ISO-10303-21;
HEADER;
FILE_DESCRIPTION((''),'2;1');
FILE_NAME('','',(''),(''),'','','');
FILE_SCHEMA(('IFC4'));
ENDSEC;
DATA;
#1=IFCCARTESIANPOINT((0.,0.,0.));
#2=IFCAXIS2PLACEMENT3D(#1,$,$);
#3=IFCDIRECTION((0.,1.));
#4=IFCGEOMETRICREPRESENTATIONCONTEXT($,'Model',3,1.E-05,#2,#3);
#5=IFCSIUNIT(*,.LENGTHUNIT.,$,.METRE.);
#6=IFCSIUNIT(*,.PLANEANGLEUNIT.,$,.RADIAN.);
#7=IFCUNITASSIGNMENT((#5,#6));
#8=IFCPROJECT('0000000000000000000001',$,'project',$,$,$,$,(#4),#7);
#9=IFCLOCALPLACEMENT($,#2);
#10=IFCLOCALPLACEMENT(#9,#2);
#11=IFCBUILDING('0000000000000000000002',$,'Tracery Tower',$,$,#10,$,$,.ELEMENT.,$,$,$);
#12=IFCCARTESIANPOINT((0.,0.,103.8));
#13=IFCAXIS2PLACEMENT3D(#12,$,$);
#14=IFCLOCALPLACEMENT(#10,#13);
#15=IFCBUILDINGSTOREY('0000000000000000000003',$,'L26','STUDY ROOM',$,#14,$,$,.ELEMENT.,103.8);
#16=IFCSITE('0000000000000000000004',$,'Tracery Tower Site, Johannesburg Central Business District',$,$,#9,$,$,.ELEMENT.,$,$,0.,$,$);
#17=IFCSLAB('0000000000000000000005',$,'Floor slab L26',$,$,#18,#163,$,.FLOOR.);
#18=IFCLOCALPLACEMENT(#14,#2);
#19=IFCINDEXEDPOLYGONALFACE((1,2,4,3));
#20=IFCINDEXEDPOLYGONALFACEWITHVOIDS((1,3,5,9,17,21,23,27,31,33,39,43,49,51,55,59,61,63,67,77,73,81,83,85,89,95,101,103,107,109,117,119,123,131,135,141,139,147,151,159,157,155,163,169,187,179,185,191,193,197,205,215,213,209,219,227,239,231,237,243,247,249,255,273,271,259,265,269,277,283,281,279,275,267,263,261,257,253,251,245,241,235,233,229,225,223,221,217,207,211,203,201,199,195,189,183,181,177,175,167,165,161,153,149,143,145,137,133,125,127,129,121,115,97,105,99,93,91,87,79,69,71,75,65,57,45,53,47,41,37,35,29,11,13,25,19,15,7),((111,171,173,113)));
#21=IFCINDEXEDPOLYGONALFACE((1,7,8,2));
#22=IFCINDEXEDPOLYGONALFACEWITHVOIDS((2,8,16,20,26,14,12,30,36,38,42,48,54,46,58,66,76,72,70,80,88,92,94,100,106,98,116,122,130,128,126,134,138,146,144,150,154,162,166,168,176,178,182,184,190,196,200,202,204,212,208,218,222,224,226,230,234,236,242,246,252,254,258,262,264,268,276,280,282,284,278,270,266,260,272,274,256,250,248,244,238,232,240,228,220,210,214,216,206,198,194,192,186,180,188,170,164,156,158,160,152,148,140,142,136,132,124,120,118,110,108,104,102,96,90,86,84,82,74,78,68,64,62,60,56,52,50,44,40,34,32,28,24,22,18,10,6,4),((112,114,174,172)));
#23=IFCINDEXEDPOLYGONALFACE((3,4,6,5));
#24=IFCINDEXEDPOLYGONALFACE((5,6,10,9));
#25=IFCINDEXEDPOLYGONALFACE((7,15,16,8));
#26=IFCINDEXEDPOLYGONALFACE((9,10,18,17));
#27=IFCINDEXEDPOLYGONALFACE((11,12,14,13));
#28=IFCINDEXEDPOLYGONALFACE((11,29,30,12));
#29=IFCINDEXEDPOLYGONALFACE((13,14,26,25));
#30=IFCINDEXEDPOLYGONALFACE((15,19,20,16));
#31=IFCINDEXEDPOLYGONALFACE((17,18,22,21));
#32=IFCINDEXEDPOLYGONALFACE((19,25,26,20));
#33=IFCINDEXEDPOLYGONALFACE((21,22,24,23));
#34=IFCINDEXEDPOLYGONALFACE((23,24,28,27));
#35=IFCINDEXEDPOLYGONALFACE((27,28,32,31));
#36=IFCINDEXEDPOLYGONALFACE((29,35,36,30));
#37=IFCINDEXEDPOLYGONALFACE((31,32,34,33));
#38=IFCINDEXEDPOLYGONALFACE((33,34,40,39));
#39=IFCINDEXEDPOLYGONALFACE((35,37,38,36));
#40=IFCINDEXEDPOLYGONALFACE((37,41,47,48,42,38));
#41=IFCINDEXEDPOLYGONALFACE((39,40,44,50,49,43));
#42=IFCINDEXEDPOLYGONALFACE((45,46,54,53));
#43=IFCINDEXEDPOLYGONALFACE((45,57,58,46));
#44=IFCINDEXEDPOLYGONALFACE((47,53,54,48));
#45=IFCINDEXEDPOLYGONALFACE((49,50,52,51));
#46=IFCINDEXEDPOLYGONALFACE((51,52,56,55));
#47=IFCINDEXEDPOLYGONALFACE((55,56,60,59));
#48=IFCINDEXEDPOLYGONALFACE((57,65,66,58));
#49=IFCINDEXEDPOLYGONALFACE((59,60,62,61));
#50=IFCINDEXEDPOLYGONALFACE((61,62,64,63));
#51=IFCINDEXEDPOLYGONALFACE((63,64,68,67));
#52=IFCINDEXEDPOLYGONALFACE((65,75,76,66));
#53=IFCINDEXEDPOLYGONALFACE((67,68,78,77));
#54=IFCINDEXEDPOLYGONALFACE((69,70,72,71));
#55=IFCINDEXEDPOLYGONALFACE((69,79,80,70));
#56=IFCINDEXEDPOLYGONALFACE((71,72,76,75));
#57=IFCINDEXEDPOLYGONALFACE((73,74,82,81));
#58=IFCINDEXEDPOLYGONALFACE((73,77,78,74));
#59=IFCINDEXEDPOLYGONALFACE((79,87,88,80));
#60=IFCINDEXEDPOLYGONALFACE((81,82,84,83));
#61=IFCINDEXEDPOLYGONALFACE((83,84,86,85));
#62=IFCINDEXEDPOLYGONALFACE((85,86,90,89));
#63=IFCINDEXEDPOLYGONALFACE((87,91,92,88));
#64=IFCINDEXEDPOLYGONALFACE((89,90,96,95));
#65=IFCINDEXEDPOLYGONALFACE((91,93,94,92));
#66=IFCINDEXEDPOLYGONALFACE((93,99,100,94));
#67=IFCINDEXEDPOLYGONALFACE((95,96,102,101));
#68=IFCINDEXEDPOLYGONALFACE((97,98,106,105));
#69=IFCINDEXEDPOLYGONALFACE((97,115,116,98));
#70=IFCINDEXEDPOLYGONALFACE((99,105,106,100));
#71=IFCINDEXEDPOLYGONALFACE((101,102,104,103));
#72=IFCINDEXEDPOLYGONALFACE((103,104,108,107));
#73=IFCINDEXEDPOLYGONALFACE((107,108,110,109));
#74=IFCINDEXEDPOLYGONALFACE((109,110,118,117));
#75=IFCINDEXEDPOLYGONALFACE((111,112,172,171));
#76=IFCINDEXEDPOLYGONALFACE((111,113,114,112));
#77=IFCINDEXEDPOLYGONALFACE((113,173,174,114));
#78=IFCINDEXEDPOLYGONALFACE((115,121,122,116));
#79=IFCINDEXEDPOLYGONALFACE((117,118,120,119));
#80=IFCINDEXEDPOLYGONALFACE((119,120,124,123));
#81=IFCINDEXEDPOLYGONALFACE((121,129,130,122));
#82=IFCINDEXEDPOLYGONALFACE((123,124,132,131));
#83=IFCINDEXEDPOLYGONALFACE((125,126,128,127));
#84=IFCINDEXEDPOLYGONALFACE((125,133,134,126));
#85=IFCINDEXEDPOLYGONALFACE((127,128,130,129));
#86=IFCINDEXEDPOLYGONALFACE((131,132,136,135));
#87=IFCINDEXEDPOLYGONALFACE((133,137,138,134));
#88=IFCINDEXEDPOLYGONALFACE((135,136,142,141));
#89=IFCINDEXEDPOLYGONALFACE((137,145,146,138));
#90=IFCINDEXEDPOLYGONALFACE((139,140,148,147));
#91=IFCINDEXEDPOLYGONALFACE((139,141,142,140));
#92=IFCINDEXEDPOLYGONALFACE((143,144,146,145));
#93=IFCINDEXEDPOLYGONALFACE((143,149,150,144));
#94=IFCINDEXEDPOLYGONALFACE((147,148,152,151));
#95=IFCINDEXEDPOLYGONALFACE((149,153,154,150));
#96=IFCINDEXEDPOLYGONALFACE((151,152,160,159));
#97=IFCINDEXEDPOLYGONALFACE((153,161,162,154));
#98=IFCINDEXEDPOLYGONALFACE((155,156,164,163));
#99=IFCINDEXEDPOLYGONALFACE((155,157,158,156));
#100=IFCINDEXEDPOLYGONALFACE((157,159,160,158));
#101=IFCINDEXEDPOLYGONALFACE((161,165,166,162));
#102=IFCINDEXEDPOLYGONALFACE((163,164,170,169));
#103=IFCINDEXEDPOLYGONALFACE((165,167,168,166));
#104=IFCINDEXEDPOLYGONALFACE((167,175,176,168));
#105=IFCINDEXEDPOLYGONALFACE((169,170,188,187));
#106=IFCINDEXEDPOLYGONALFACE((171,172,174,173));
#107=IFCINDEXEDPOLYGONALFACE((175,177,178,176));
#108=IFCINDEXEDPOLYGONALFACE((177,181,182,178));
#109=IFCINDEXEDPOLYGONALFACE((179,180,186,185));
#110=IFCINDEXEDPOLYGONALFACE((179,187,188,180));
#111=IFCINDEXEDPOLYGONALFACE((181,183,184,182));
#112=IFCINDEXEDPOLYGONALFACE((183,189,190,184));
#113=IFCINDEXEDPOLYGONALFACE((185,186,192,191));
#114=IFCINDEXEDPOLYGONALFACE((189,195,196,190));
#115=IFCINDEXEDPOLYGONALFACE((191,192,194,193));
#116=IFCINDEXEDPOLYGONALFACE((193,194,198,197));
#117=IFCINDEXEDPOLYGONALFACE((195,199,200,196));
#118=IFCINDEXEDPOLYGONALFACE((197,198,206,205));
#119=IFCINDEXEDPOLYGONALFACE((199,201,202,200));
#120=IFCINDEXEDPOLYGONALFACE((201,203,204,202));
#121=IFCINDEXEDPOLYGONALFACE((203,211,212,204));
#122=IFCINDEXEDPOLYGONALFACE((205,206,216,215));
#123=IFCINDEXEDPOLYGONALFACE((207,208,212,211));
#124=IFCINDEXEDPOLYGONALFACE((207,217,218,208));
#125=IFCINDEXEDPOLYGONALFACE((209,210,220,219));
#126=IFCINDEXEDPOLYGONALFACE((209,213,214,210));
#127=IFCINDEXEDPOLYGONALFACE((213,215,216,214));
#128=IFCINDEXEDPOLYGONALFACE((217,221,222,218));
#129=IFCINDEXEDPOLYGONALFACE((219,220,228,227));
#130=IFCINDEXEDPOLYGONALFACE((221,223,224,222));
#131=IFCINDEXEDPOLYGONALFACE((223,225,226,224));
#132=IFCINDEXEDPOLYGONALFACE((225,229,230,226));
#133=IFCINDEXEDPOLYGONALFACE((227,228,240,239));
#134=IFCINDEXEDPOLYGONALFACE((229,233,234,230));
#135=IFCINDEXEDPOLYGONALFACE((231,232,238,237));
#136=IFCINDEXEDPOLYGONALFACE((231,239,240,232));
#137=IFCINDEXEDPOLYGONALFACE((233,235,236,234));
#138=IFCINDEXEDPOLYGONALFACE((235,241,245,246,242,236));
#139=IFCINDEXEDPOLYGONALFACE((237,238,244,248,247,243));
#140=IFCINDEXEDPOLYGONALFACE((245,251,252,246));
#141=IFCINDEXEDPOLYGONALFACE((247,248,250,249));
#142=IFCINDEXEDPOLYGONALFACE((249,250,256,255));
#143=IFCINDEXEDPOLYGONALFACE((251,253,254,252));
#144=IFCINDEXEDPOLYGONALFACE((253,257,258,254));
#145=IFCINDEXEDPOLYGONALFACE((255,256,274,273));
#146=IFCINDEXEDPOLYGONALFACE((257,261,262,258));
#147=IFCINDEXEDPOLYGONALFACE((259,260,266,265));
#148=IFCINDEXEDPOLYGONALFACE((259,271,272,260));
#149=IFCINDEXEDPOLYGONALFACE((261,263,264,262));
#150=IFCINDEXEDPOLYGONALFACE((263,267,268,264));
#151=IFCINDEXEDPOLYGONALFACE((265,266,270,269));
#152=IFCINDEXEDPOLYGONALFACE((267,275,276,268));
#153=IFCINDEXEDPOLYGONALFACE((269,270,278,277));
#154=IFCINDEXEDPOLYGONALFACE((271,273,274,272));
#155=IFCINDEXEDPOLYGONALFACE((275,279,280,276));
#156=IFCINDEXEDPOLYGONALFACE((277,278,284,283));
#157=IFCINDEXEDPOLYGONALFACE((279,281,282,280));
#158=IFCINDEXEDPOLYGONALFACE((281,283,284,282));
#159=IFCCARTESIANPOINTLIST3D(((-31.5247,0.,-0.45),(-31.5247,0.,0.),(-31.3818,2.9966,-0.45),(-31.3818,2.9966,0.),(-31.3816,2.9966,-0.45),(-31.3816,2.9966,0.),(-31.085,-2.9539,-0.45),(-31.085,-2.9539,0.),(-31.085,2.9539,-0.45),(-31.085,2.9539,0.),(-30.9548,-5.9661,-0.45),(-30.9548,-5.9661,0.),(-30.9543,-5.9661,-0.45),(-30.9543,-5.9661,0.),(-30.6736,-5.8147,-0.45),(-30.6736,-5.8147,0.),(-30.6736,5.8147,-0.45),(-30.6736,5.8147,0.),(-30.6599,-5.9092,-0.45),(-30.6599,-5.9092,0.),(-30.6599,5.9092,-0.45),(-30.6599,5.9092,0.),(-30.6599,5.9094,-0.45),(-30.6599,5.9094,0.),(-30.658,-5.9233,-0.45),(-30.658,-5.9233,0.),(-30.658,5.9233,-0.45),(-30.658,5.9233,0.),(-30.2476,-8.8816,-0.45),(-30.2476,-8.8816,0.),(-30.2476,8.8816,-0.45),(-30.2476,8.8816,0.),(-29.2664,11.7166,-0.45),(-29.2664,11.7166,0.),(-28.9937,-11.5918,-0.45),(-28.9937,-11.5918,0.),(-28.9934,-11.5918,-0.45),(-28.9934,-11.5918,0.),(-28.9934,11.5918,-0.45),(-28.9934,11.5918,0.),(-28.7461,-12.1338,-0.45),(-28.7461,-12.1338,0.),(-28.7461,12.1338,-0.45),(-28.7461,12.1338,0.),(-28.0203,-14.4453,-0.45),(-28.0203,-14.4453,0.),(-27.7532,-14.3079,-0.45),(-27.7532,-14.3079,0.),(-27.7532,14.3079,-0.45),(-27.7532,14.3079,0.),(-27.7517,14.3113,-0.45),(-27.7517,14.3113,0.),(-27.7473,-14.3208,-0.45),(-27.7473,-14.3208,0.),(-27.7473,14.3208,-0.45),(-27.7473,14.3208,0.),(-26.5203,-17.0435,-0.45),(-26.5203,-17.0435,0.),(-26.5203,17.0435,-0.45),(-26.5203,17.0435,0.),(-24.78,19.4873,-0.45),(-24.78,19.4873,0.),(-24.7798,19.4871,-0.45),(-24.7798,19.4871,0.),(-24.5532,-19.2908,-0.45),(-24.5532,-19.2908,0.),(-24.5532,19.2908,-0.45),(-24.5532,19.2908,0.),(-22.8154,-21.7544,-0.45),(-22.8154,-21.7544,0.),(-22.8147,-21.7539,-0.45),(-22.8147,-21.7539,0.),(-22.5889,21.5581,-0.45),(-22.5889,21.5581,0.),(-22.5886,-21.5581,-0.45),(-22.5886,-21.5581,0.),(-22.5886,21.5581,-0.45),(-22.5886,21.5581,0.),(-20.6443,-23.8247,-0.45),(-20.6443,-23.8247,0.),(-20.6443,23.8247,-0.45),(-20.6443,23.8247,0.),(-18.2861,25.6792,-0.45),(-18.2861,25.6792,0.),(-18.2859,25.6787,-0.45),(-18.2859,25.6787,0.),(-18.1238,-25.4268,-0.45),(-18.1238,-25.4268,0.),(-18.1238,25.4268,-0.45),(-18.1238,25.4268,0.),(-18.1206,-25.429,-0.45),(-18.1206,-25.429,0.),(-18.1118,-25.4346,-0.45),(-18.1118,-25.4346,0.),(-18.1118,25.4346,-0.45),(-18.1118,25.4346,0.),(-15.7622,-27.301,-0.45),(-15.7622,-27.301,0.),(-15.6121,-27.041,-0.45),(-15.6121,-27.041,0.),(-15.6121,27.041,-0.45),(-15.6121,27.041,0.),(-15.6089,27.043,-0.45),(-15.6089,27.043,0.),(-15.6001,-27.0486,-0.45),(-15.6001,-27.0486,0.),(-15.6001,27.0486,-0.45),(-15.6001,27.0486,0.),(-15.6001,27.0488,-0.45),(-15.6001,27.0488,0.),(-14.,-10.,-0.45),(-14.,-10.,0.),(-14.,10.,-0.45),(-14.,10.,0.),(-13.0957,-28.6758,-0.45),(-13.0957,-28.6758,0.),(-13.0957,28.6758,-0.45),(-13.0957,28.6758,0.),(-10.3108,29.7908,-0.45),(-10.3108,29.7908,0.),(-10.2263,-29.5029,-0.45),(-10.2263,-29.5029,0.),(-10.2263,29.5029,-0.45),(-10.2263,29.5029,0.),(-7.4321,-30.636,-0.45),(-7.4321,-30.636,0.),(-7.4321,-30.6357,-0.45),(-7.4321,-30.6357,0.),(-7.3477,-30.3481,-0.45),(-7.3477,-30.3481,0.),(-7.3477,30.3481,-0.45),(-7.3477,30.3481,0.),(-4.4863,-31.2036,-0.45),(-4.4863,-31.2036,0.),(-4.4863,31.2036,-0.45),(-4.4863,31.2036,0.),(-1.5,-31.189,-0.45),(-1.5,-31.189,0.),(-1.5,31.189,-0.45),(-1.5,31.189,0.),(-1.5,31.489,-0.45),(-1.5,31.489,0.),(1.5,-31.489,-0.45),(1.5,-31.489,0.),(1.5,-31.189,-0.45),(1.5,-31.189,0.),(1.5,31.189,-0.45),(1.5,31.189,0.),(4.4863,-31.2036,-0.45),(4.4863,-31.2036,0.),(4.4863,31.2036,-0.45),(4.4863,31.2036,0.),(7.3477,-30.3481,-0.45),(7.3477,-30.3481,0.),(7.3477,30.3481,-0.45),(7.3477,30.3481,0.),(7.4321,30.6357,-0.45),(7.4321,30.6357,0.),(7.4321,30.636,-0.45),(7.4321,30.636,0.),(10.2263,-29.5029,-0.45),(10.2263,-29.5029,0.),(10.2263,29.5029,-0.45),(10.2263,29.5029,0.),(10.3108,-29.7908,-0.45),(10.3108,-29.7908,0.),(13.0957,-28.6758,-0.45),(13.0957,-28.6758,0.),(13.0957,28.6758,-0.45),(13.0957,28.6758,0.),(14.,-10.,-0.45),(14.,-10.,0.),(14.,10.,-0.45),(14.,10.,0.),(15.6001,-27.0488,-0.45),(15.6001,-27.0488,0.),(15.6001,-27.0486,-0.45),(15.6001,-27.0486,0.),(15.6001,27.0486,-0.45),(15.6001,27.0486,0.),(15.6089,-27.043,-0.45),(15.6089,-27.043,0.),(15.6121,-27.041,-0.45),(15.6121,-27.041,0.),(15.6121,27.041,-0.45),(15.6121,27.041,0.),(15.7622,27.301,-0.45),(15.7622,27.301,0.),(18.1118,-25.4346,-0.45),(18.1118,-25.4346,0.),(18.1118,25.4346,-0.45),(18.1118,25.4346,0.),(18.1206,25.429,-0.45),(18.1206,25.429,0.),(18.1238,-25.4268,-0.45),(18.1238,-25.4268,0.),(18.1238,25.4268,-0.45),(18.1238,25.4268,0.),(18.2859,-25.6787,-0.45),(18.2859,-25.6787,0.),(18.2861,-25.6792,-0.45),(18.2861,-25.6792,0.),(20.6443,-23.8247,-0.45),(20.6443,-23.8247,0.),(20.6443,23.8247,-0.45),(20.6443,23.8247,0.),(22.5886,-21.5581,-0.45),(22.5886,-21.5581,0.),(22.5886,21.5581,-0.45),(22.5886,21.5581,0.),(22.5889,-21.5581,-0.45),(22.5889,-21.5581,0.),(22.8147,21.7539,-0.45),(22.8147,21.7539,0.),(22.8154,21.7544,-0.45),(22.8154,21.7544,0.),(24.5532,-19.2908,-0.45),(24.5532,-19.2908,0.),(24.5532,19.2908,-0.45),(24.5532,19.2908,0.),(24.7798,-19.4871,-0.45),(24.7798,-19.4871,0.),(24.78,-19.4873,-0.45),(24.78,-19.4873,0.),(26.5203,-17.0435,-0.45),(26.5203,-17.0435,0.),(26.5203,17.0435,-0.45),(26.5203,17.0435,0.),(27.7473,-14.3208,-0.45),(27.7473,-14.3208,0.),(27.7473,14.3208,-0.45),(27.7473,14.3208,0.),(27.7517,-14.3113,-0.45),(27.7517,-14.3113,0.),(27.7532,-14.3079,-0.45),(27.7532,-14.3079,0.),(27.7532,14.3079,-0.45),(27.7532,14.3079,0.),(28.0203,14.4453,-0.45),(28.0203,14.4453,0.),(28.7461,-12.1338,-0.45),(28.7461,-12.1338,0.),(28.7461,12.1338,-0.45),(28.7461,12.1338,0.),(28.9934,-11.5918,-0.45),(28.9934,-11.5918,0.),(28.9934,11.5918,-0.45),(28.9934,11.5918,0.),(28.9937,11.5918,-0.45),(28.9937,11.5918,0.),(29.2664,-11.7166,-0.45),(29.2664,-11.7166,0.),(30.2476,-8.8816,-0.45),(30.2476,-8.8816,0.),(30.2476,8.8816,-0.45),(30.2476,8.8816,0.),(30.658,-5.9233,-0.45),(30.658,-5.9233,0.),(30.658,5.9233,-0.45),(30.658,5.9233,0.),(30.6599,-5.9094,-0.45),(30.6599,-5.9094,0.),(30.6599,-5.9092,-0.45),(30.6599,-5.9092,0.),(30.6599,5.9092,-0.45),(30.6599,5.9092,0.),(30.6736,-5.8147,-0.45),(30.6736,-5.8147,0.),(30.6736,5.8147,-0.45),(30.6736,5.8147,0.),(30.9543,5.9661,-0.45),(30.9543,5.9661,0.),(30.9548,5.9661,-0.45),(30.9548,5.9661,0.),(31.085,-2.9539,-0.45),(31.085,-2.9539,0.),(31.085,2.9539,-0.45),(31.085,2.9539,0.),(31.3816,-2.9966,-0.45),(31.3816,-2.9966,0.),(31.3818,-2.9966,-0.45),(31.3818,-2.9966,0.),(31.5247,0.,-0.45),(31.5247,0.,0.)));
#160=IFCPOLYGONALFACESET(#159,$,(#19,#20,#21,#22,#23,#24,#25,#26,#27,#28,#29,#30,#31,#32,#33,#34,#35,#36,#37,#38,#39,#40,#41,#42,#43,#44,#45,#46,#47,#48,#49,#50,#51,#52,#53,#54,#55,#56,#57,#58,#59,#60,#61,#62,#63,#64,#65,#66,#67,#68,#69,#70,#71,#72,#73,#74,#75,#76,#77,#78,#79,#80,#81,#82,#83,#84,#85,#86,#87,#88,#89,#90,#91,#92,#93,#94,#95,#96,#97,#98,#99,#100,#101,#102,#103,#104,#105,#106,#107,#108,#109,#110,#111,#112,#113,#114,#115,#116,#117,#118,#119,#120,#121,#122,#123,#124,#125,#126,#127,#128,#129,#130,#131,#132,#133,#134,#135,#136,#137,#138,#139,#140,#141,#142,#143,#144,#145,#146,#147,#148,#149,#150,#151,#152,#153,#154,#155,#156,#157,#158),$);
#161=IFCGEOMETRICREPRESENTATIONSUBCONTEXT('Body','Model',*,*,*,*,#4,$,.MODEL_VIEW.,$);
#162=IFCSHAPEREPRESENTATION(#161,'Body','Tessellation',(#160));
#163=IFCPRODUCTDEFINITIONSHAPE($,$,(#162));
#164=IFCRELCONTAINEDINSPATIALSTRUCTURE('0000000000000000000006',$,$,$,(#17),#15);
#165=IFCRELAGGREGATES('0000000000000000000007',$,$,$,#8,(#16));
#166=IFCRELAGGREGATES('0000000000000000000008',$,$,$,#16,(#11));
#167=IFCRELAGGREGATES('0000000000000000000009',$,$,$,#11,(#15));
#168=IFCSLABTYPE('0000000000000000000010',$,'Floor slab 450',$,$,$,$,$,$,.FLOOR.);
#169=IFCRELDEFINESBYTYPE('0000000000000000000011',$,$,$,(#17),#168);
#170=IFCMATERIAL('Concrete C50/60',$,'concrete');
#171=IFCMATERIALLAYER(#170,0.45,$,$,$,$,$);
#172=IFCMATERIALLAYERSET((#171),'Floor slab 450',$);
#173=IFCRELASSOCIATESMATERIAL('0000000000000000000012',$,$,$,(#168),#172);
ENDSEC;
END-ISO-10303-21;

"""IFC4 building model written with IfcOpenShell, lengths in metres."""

from ifc_helpers import new_model, si_unit, direction, frame, origin, place, context, subcontext, project, spatial, polyline, outline, extrude, material, layer, layer_set, type_object, element, save


model = new_model("IFC4")

# Units and contexts
model_context = context("Model", 3, precision=1e-05, world=origin(), true_north=direction((0.0, 1.0)))
body_context = subcontext(model_context, "Body", "Model", "MODEL_VIEW")
ifc_project = project(units=[si_unit("LENGTHUNIT", "METRE"), si_unit("PLANEANGLEUNIT", "RADIAN")], contexts=[model_context])

# Site, building, storey
site_placement = place(None, origin())
site = spatial("IfcSite", under=ifc_project, at=site_placement, Name="Tracery Tower Site, Johannesburg Central Business District", CompositionType="ELEMENT", RefElevation=0.0)
building_placement = place(site_placement, origin())
building = spatial("IfcBuilding", under=site, at=building_placement, Name="Tracery Tower", CompositionType="ELEMENT")
storey_placement = place(building_placement, frame((0.0, 0.0, 103.8)))
storey = spatial("IfcBuildingStorey", under=building, at=storey_placement, Name="L26", Description="STUDY ROOM", CompositionType="ELEMENT", Elevation=103.8)

# Slab
ifc_material_1 = material(Name="Concrete C50/60", Category="concrete")
ifc_layer_1 = layer(ifc_material_1, 0.45)
ifc_layer_set_1 = layer_set([ifc_layer_1], Name="Floor slab 450")
slab_type_1 = type_object("IfcSlabType", Name="Floor slab 450", PredefinedType="FLOOR", material=ifc_layer_set_1)
slab_1_placement = place(storey_placement, frame((0.0, 0.0, -0.45)))
element("IfcSlab", 1, at=slab_1_placement, inside=storey, type_object=slab_type_1, Name="Floor slab L26", PredefinedType="FLOOR", context=body_context, shape_type="SweptSolid", body=[
    extrude(outline(polyline([(31.085, 2.9539), (31.085, 2.9539), (30.6736, 5.8147), (30.6599, 5.9092), (30.6599, 5.9092), (30.658, 5.9233), (30.9543, 5.9661), (30.9548, 5.9661), (30.2476, 8.8816), (28.9937, 11.5918), (28.9934, 11.5918), (28.7461, 12.1338), (27.7532, 14.3079), (27.7532, 14.3079), (27.7473, 14.3208), (28.0203, 14.4453), (26.5203, 17.0435), (24.5532, 19.2908), (24.5532, 19.2908), (22.5886, 21.5581), (22.8147, 21.7539), (22.8154, 21.7544), (20.6443, 23.8247), (18.1238, 25.4268), (18.1238, 25.4268), (18.1206, 25.429), (18.1118, 25.4346), (15.6121, 27.041), (15.6121, 27.041), (15.6001, 27.0486), (15.7622, 27.301), (13.0957, 28.6758), (10.2263, 29.5029), (10.2263, 29.5029), (7.3477, 30.3481), (7.4321, 30.6357), (7.4321, 30.636), (4.4863, 31.2036), (1.5, 31.189), (1.5, 31.189), (-1.5, 31.189), (-1.5, 31.489), (-4.4863, 31.2036), (-7.3477, 30.3481), (-7.3477, 30.3481), (-10.2263, 29.5029), (-10.3108, 29.7908), (-10.3108, 29.7908), (-13.0957, 28.6758), (-15.6001, 27.0488), (-15.6001, 27.0486), (-15.6089, 27.043), (-15.6121, 27.041), (-18.1118, 25.4346), (-18.1118, 25.4346), (-18.1238, 25.4268), (-18.2859, 25.6787), (-18.2861, 25.6792), (-20.6443, 23.8247), (-22.5889, 21.5581), (-22.5886, 21.5581), (-24.5532, 19.2908), (-24.7798, 19.4871), (-24.78, 19.4873), (-26.5203, 17.0435), (-27.7473, 14.3208), (-27.7473, 14.3208), (-27.7517, 14.3113), (-27.7532, 14.3079), (-28.7461, 12.1338), (-28.9934, 11.5918), (-29.2664, 11.7166), (-30.2476, 8.8816), (-30.658, 5.9233), (-30.658, 5.9233), (-30.6599, 5.9094), (-30.6599, 5.9092), (-30.6736, 5.8147), (-31.085, 2.9539), (-31.3816, 2.9966), (-31.3818, 2.9966), (-31.5247, 0.0), (-31.085, -2.9539), (-31.085, -2.9539), (-30.6736, -5.8147), (-30.6599, -5.9092), (-30.6599, -5.9092), (-30.658, -5.9233), (-30.9543, -5.9661), (-30.9548, -5.9661), (-30.2476, -8.8816), (-28.9937, -11.5918), (-28.9934, -11.5918), (-28.7461, -12.1338), (-27.7532, -14.3079), (-27.7532, -14.3079), (-27.7473, -14.3208), (-28.0203, -14.4453), (-26.5203, -17.0435), (-24.5532, -19.2908), (-24.5532, -19.2908), (-22.5886, -21.5581), (-22.8147, -21.7539), (-22.8154, -21.7544), (-20.6443, -23.8247), (-18.1238, -25.4268), (-18.1238, -25.4268), (-18.1206, -25.429), (-18.1118, -25.4346), (-15.6121, -27.041), (-15.6121, -27.041), (-15.6001, -27.0486), (-15.7622, -27.301), (-13.0957, -28.6758), (-10.2263, -29.5029), (-10.2263, -29.5029), (-7.3477, -30.3481), (-7.4321, -30.6357), (-7.4321, -30.636), (-4.4863, -31.2036), (-1.5, -31.189), (-1.5, -31.189), (1.5, -31.189), (1.5, -31.489), (4.4863, -31.2036), (7.3477, -30.3481), (7.3477, -30.3481), (10.2263, -29.5029), (10.3108, -29.7908), (10.3108, -29.7908), (13.0957, -28.6758), (15.6001, -27.0488), (15.6001, -27.0486), (15.6089, -27.043), (15.6121, -27.041), (18.1118, -25.4346), (18.1118, -25.4346), (18.1238, -25.4268), (18.2859, -25.6787), (18.2861, -25.6792), (20.6443, -23.8247), (22.5889, -21.5581), (22.5886, -21.5581), (24.5532, -19.2908), (24.7798, -19.4871), (24.78, -19.4873), (26.5203, -17.0435), (27.7473, -14.3208), (27.7473, -14.3208), (27.7517, -14.3113), (27.7532, -14.3079), (28.7461, -12.1338), (28.9934, -11.5918), (29.2664, -11.7166), (30.2476, -8.8816), (30.658, -5.9233), (30.658, -5.9233), (30.6599, -5.9094), (30.6599, -5.9092), (30.6736, -5.8147), (31.085, -2.9539), (31.3816, -2.9966), (31.3818, -2.9966), (31.5247, 0.0), (31.085, 2.9539)]), holes=[polyline([(-14.0, -10.0), (14.0, -10.0), (14.0, 10.0), (-14.0, 10.0), (-14.0, -10.0)])]), origin(), (0.0, 0.0, 1.0), 0.45),
])

save(model, "model.ifc")
